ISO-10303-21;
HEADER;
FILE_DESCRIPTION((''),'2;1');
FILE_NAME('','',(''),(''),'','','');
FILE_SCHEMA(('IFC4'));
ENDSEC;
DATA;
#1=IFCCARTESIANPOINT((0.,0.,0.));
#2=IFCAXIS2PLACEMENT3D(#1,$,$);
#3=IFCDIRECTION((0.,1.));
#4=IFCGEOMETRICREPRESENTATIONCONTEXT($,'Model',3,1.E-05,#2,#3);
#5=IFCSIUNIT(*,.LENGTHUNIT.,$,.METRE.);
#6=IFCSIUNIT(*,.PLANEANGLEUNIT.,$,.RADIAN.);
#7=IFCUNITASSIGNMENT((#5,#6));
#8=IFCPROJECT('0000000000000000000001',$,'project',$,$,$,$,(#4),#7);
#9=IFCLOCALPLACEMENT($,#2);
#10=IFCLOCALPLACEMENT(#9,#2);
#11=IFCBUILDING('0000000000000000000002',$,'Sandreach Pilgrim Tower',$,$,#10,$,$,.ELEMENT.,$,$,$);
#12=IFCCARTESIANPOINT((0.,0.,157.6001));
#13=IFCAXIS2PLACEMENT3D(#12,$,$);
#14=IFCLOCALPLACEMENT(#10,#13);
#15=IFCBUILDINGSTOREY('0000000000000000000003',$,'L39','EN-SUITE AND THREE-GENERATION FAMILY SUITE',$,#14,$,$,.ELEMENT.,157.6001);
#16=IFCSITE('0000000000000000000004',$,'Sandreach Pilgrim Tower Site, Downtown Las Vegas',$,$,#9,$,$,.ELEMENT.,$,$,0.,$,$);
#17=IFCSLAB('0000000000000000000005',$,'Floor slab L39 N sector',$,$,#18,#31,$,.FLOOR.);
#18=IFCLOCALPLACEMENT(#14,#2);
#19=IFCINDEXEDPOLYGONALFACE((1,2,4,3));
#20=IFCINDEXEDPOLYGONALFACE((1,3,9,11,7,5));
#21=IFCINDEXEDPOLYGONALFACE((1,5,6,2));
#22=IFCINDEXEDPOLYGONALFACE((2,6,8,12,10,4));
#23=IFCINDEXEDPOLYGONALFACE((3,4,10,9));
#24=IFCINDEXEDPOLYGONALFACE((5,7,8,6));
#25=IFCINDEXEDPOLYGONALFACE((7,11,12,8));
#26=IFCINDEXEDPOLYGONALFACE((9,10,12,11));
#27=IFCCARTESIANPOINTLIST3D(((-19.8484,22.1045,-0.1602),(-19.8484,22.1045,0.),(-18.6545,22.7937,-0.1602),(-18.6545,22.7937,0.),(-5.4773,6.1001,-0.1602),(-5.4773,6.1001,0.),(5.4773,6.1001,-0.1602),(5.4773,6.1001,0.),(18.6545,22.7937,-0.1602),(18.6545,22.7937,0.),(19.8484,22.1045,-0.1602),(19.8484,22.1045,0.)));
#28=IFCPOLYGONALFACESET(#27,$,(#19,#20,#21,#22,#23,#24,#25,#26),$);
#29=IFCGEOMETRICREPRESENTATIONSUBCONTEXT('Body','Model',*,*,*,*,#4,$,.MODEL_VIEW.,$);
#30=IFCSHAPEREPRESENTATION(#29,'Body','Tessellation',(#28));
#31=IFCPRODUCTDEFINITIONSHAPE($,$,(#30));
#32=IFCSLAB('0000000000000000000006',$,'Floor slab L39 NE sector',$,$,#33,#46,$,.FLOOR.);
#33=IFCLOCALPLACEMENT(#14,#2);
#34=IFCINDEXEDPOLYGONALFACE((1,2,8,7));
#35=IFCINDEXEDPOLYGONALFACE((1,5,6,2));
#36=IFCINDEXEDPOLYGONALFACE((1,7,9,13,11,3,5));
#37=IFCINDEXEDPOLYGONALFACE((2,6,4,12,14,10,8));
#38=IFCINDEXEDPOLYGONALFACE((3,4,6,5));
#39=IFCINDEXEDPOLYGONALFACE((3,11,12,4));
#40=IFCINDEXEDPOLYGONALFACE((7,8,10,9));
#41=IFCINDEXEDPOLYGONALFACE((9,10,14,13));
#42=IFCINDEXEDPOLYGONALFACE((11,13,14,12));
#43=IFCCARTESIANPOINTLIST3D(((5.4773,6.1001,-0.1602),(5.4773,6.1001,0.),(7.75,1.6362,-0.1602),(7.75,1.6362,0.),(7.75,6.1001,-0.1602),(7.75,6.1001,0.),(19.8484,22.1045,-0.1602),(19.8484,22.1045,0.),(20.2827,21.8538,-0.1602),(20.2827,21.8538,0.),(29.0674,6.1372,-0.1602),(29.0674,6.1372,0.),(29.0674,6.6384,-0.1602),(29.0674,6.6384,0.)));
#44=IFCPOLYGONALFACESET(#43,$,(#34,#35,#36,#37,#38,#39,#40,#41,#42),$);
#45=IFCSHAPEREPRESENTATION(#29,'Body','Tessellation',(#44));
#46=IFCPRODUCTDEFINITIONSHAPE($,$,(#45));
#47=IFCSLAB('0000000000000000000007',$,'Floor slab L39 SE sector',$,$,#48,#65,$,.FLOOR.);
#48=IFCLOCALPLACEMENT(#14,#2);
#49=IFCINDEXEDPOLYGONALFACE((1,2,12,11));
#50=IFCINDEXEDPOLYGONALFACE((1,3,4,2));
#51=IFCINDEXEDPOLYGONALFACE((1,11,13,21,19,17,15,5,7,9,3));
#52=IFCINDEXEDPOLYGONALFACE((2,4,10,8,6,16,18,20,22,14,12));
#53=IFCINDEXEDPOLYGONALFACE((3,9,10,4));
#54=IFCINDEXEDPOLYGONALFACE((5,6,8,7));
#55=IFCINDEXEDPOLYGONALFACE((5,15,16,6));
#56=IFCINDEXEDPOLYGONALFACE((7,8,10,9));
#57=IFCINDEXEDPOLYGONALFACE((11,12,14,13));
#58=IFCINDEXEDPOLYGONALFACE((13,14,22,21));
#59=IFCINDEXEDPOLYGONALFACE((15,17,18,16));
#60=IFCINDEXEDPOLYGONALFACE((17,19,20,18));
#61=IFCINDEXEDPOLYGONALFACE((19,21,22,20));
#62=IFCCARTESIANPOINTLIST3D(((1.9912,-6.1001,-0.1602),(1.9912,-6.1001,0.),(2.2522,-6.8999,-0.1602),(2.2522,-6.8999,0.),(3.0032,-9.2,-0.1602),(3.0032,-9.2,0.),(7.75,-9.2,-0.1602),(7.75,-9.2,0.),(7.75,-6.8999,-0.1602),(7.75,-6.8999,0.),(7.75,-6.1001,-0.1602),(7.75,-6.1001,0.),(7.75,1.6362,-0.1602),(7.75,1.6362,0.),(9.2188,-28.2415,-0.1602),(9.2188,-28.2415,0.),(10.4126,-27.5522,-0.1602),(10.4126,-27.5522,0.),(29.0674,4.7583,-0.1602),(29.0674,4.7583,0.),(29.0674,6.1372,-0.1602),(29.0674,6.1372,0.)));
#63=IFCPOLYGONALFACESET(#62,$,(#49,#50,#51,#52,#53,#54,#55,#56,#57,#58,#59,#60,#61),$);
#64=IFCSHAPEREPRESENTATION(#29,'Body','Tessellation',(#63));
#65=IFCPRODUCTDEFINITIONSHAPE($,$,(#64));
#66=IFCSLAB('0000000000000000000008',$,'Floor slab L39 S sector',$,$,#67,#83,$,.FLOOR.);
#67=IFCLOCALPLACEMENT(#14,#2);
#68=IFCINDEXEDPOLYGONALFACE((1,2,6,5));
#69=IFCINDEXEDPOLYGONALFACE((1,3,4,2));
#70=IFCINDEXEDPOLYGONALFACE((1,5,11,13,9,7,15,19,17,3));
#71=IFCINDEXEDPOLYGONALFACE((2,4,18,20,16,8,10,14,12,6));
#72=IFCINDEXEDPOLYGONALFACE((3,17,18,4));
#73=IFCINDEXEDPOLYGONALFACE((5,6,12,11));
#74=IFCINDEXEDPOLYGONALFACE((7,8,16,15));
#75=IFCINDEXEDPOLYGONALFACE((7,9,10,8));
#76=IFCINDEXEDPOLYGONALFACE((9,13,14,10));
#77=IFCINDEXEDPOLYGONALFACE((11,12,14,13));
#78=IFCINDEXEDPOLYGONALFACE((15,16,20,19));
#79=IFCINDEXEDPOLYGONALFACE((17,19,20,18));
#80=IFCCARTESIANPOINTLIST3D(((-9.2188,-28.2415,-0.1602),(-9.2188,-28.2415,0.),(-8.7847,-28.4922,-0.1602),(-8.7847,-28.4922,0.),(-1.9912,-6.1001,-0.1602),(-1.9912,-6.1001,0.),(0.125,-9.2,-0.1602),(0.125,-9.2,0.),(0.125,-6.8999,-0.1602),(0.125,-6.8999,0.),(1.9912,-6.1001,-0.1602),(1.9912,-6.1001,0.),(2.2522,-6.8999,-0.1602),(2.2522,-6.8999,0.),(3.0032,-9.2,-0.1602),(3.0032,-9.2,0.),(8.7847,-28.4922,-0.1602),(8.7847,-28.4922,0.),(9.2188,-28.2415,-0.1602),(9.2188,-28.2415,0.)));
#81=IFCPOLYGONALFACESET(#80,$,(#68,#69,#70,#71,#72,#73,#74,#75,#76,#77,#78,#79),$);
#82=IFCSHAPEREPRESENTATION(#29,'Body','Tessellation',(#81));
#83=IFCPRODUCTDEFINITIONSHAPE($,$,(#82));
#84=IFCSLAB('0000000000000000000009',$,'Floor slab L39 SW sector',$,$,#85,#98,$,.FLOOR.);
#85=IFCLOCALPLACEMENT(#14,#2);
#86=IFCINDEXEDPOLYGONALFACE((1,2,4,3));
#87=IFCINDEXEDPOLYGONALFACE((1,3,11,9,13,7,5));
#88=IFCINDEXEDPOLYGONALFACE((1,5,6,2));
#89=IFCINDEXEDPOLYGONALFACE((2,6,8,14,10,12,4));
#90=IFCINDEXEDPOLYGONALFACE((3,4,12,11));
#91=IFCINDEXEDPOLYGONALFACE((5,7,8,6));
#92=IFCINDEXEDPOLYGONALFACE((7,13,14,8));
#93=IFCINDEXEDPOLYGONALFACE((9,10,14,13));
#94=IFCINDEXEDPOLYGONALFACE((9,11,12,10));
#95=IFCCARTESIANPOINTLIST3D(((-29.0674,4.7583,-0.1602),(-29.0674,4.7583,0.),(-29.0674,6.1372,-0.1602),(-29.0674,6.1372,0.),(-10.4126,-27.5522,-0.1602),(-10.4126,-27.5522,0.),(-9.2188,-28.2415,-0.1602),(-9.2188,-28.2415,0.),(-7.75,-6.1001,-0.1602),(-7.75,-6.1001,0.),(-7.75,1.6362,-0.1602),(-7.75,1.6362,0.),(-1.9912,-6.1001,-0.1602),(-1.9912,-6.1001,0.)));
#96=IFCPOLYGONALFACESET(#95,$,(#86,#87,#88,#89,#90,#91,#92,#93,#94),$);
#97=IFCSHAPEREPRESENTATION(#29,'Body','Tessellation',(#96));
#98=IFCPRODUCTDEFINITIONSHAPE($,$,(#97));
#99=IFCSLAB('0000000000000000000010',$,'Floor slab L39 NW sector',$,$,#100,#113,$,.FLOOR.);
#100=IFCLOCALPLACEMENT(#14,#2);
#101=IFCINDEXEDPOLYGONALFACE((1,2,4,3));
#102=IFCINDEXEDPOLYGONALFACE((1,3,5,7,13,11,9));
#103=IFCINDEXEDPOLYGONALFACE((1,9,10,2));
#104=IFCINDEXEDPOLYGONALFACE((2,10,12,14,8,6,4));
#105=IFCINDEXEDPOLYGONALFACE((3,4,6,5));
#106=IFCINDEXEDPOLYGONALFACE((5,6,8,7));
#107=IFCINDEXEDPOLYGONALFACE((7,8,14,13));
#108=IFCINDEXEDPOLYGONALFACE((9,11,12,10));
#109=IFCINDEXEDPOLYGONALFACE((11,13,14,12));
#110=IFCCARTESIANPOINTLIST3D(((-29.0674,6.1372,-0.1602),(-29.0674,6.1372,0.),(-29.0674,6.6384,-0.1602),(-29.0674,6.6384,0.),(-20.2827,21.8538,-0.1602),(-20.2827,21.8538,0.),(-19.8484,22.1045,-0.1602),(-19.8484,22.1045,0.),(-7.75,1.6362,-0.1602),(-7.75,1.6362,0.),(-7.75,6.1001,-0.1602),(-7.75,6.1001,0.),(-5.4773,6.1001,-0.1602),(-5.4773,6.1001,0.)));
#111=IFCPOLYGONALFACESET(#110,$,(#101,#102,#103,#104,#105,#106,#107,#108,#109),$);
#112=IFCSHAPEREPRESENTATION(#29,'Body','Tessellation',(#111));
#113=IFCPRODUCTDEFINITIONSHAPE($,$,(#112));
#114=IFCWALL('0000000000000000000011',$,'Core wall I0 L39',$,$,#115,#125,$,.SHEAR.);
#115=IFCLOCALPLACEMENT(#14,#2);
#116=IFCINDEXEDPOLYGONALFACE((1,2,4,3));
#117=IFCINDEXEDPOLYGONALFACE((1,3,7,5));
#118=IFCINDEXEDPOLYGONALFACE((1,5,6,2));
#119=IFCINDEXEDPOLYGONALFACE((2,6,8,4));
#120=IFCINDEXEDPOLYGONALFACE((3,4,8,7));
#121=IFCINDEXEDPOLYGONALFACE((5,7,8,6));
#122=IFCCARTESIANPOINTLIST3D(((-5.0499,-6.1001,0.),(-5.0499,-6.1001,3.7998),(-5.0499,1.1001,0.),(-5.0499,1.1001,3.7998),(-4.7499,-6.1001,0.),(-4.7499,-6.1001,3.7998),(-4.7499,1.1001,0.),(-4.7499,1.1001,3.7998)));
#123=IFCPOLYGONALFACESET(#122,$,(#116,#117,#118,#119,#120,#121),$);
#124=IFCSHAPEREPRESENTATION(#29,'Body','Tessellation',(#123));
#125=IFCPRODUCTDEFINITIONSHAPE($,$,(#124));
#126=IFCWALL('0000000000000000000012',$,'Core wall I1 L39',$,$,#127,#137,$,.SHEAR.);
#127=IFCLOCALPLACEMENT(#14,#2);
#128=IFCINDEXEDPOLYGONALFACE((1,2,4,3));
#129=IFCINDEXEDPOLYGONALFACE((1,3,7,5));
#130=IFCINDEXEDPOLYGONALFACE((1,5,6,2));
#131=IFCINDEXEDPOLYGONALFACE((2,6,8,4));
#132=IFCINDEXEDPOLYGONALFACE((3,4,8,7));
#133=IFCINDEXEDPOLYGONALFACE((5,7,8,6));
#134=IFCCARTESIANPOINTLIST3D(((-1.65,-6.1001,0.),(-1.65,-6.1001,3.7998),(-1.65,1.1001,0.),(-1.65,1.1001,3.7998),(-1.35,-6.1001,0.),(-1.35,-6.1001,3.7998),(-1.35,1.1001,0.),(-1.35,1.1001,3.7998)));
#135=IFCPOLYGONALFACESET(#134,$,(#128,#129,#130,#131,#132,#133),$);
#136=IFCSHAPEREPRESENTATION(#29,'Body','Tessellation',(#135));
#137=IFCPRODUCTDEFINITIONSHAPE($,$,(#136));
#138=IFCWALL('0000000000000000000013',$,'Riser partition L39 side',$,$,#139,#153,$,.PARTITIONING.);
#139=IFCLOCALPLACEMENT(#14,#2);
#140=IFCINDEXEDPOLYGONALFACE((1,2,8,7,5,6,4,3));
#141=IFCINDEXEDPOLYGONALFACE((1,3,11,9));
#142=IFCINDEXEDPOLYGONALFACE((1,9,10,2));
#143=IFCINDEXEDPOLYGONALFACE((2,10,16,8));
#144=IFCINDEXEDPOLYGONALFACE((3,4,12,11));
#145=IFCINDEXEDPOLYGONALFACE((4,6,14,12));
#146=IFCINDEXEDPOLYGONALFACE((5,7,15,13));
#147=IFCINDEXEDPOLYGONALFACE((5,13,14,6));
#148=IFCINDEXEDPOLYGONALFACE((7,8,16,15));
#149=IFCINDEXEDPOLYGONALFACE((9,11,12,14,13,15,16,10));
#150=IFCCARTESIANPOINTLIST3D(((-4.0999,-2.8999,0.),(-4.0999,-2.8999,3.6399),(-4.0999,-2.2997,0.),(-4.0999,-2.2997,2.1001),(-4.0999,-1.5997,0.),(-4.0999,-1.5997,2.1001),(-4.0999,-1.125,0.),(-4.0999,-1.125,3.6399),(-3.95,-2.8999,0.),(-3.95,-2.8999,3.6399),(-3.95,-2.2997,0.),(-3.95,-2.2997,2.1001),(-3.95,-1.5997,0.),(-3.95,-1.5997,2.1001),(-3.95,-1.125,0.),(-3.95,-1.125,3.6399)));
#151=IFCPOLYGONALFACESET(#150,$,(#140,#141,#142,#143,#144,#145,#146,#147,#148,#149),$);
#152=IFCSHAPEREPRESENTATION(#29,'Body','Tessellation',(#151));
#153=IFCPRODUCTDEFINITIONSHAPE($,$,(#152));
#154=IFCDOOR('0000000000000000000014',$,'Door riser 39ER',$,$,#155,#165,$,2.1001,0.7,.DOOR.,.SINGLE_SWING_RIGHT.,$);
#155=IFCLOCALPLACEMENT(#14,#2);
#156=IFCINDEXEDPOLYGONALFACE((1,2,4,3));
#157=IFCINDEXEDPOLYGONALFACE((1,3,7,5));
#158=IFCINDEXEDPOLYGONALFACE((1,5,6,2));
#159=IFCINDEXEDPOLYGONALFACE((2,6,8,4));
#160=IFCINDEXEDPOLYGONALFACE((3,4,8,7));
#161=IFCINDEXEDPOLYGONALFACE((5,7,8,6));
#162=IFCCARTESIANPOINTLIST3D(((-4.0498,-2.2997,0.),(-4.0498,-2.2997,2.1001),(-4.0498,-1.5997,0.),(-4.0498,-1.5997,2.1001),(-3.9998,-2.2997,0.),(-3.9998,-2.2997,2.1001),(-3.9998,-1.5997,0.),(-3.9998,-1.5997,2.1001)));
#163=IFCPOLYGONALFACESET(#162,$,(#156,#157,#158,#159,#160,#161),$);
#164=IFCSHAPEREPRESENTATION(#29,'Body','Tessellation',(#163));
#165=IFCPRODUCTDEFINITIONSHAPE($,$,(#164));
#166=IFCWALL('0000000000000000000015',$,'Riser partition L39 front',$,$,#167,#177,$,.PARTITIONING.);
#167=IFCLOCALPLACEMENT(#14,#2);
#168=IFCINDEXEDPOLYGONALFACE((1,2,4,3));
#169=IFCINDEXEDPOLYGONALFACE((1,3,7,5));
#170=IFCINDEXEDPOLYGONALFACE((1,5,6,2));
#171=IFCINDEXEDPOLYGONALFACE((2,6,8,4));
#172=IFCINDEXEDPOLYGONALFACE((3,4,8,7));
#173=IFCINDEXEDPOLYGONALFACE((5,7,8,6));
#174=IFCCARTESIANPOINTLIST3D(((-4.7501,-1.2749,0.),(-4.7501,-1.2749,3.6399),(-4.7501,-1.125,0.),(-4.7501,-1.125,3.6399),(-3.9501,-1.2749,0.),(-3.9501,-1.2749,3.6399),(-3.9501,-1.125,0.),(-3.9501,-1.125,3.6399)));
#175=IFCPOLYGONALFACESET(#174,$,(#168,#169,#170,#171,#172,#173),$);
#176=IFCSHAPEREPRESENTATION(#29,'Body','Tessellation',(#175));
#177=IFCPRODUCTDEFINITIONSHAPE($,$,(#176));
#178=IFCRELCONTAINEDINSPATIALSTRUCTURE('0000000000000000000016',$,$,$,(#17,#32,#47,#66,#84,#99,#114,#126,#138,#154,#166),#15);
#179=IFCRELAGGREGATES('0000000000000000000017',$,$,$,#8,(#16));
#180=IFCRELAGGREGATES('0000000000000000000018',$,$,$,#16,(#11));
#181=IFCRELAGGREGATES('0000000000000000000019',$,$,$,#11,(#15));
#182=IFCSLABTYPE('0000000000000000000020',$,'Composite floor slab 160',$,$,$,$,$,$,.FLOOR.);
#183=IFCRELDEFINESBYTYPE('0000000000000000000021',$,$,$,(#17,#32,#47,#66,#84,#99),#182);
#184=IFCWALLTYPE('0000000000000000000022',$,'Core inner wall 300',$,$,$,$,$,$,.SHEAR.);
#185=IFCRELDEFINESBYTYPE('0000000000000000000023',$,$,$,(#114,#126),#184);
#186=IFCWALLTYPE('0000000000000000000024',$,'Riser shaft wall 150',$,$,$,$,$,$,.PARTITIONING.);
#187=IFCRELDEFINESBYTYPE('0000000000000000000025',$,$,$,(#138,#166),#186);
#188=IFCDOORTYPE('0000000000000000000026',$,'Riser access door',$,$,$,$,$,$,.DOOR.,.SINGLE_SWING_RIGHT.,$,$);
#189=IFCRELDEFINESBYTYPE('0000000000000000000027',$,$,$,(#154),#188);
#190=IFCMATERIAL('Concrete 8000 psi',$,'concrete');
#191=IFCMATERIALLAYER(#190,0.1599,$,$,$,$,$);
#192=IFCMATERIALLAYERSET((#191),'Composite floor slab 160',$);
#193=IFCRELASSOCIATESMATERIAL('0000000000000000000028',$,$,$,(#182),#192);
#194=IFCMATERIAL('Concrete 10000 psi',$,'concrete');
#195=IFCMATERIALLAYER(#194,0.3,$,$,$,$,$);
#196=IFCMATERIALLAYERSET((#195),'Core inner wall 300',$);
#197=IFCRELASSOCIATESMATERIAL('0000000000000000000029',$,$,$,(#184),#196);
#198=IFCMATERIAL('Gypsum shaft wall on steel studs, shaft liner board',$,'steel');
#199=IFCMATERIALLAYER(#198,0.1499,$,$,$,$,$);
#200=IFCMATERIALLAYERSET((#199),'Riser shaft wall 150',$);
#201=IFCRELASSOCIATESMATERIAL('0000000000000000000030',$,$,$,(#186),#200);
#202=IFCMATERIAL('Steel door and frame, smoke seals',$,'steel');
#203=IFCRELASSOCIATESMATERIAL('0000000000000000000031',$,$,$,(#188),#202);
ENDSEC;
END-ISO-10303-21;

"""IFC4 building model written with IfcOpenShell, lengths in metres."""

from ifc_helpers import new_model, si_unit, direction, frame, frame_2d, origin, place, context, subcontext, project, spatial, polyline, rectangle, outline, extrude, material, layer, layer_set, type_object, element, fill, save


model = new_model("IFC4")

# Units and contexts
model_context = context("Model", 3, precision=1e-05, world=origin(), true_north=direction((0.0, 1.0)))
body_context = subcontext(model_context, "Body", "Model", "MODEL_VIEW")
ifc_project = project(units=[si_unit("LENGTHUNIT", "METRE"), si_unit("PLANEANGLEUNIT", "RADIAN")], contexts=[model_context])

# Site, building, storey
site_placement = place(None, origin())
site = spatial("IfcSite", under=ifc_project, at=site_placement, Name="Sandreach Pilgrim Tower Site, Downtown Las Vegas", CompositionType="ELEMENT", RefElevation=0.0)
building_placement = place(site_placement, origin())
building = spatial("IfcBuilding", under=site, at=building_placement, Name="Sandreach Pilgrim Tower", CompositionType="ELEMENT")
storey_placement = place(building_placement, frame((0.0, 0.0, 157.6001)))
storey = spatial("IfcBuildingStorey", under=building, at=storey_placement, Name="L39", Description="EN-SUITE AND THREE-GENERATION FAMILY SUITE", CompositionType="ELEMENT", Elevation=157.6001)

# Slabs
ifc_material_1 = material(Name="Concrete 8000 psi", Category="concrete")
ifc_layer_1 = layer(ifc_material_1, 0.1599)
ifc_layer_set_1 = layer_set([ifc_layer_1], Name="Composite floor slab 160")
slab_type = type_object("IfcSlabType", Name="Composite floor slab 160", PredefinedType="FLOOR", material=ifc_layer_set_1)
slab_1_placement = place(storey_placement, frame((0.0, 0.0, -0.1602)))
element("IfcSlab", 1, at=slab_1_placement, inside=storey, type_object=slab_type, Name="Floor slab L39 N sector", PredefinedType="FLOOR", context=body_context, shape_type="SweptSolid", body=[
    extrude(outline(polyline([(-18.6545, 22.7937), (18.6545, 22.7937), (19.8484, 22.1045), (5.4773, 6.1001), (-5.4773, 6.1001), (-19.8484, 22.1045), (-18.6545, 22.7937)])), origin(), (0.0, 0.0, 1.0), 0.1602),
])
slab_2_placement = place(storey_placement, frame((0.0, 0.0, -0.1602)))
element("IfcSlab", 2, at=slab_2_placement, inside=storey, type_object=slab_type, Name="Floor slab L39 NE sector", PredefinedType="FLOOR", context=body_context, shape_type="SweptSolid", body=[
    extrude(outline(polyline([(20.2827, 21.8538), (29.0674, 6.6384), (29.0674, 6.1372), (7.75, 1.6362), (7.75, 6.1001), (5.4773, 6.1001), (19.8484, 22.1045), (20.2827, 21.8538)])), origin(), (0.0, 0.0, 1.0), 0.1602),
])
slab_3_placement = place(storey_placement, frame((0.0, 0.0, -0.1602)))
element("IfcSlab", 3, at=slab_3_placement, inside=storey, type_object=slab_type, Name="Floor slab L39 SE sector", PredefinedType="FLOOR", context=body_context, shape_type="SweptSolid", body=[
    extrude(outline(polyline([(29.0674, 4.7583), (10.4126, -27.5522), (9.2188, -28.2415), (3.0032, -9.2), (7.75, -9.2), (7.75, -6.8999), (2.2522, -6.8999), (1.9912, -6.1001), (7.75, -6.1001), (7.75, 1.6362), (29.0674, 6.1372), (29.0674, 4.7583)])), origin(), (0.0, 0.0, 1.0), 0.1602),
])
slab_4_placement = place(storey_placement, frame((0.0, 0.0, -0.1602)))
element("IfcSlab", 4, at=slab_4_placement, inside=storey, type_object=slab_type, Name="Floor slab L39 S sector", PredefinedType="FLOOR", context=body_context, shape_type="SweptSolid", body=[
    extrude(outline(polyline([(8.7847, -28.4922), (-8.7847, -28.4922), (-9.2188, -28.2415), (-1.9912, -6.1001), (1.9912, -6.1001), (2.2522, -6.8999), (0.125, -6.8999), (0.125, -9.2), (3.0032, -9.2), (9.2188, -28.2415), (8.7847, -28.4922)])), origin(), (0.0, 0.0, 1.0), 0.1602),
])
slab_5_placement = place(storey_placement, frame((0.0, 0.0, -0.1602)))
element("IfcSlab", 5, at=slab_5_placement, inside=storey, type_object=slab_type, Name="Floor slab L39 SW sector", PredefinedType="FLOOR", context=body_context, shape_type="SweptSolid", body=[
    extrude(outline(polyline([(-10.4126, -27.5522), (-29.0674, 4.7583), (-29.0674, 6.1372), (-7.75, 1.6362), (-7.75, -6.1001), (-1.9912, -6.1001), (-9.2188, -28.2415), (-10.4126, -27.5522)])), origin(), (0.0, 0.0, 1.0), 0.1602),
])
slab_6_placement = place(storey_placement, frame((0.0, 0.0, -0.1602)))
element("IfcSlab", 6, at=slab_6_placement, inside=storey, type_object=slab_type, Name="Floor slab L39 NW sector", PredefinedType="FLOOR", context=body_context, shape_type="SweptSolid", body=[
    extrude(outline(polyline([(-29.0674, 6.6384), (-20.2827, 21.8538), (-19.8484, 22.1045), (-5.4773, 6.1001), (-7.75, 6.1001), (-7.75, 1.6362), (-29.0674, 6.1372), (-29.0674, 6.6384)])), origin(), (0.0, 0.0, 1.0), 0.1602),
])

# Walls
ifc_material_2 = material(Name="Concrete 10000 psi", Category="concrete")
ifc_layer_2 = layer(ifc_material_2, 0.3)
ifc_layer_set_2 = layer_set([ifc_layer_2], Name="Core inner wall 300")
wall_type_1 = type_object("IfcWallType", Name="Core inner wall 300", PredefinedType="SHEAR", material=ifc_layer_set_2)
for number, where, z_axis, x_axis, name in (
    (7, (-4.8999, -6.1001, 0.0), (0.0, 0.0, 1.0), (0.0, 1.0, 0.0), "Core wall I0 L39"),
    (8, (-1.5, -6.1001, 0.0), (0.0, 0.0, 1.0), (0.0, 1.0, 0.0), "Core wall I1 L39"),
):
    element("IfcWall", number, at=place(storey_placement, frame(where, z_axis=z_axis, x_axis=x_axis)), inside=storey, type_object=wall_type_1, Name=name, PredefinedType="SHEAR", context=body_context, shape_type="SweptSolid", body=[
        extrude(rectangle(XDim=7.2002, YDim=0.3, at=frame_2d((3.6001, 0.0))), origin(), (0.0, 0.0, 1.0), 3.7998),
    ])

# Wall, opening, door
ifc_material_3 = material(Name="Gypsum shaft wall on steel studs, shaft liner board", Category="steel")
ifc_layer_3 = layer(ifc_material_3, 0.1499)
ifc_layer_set_3 = layer_set([ifc_layer_3], Name="Riser shaft wall 150")
wall_type_2 = type_object("IfcWallType", Name="Riser shaft wall 150", PredefinedType="PARTITIONING", material=ifc_layer_set_3)
wall_1_placement = place(storey_placement, frame((-4.0249, -2.8999, 0.0), z_axis=(0.0, 0.0, 1.0), x_axis=(0.0, 1.0, 0.0)))
wall_1 = element("IfcWall", 9, at=wall_1_placement, inside=storey, type_object=wall_type_2, Name="Riser partition L39 side", PredefinedType="PARTITIONING", context=body_context, shape_type="SweptSolid", body=[
    extrude(rectangle(XDim=1.7749, YDim=0.1499, at=frame_2d((0.8875, 0.0))), origin(), (0.0, 0.0, 1.0), 3.6399),
])
opening_1_placement = place(wall_1_placement, frame((0.6001, 0.0, 0.0)))
opening_1 = element("IfcOpeningElement", 10, at=opening_1_placement, cuts=wall_1, PredefinedType="OPENING", context=body_context, shape_type="SweptSolid", body=[
    extrude(rectangle(XDim=0.7, YDim=2.1001, at=frame_2d((0.3501, 1.05))), frame((0.0, 0.075, 0.0), z_axis=(0.0, -1.0, 0.0), x_axis=(1.0, 0.0, 0.0)), (0.0, 0.0, 1.0), 0.1499),
])
ifc_material_4 = material(Name="Steel door and frame, smoke seals", Category="steel")
door_type_1 = type_object("IfcDoorType", Name="Riser access door", OperationType="SINGLE_SWING_RIGHT", PredefinedType="DOOR", material=ifc_material_4)
door_1_placement = place(opening_1_placement, origin())
door_1 = element("IfcDoor", 11, at=door_1_placement, inside=storey, type_object=door_type_1, Name="Door riser 39ER", OperationType="SINGLE_SWING_RIGHT", OverallHeight=2.1001, OverallWidth=0.7, PredefinedType="DOOR", context=body_context, shape_type="SweptSolid", body=[
    extrude(rectangle(XDim=0.7, YDim=2.1001, at=frame_2d((0.3501, 1.05))), frame((0.0, 0.0249, 0.0), z_axis=(0.0, -1.0, 0.0), x_axis=(1.0, 0.0, 0.0)), (0.0, 0.0, 1.0), 0.05),
])
fill(opening_1, door_1)

# Wall
wall_2_placement = place(storey_placement, frame((-4.75, -1.2, 0.0), z_axis=(0.0, 0.0, 1.0), x_axis=(1.0, 0.0, 0.0)))
element("IfcWall", 12, at=wall_2_placement, inside=storey, type_object=wall_type_2, Name="Riser partition L39 front", PredefinedType="PARTITIONING", context=body_context, shape_type="SweptSolid", body=[
    extrude(rectangle(XDim=0.8, YDim=0.1499, at=frame_2d((0.3999, 0.0))), origin(), (0.0, 0.0, 1.0), 3.6399),
])

save(model, "model.ifc")
